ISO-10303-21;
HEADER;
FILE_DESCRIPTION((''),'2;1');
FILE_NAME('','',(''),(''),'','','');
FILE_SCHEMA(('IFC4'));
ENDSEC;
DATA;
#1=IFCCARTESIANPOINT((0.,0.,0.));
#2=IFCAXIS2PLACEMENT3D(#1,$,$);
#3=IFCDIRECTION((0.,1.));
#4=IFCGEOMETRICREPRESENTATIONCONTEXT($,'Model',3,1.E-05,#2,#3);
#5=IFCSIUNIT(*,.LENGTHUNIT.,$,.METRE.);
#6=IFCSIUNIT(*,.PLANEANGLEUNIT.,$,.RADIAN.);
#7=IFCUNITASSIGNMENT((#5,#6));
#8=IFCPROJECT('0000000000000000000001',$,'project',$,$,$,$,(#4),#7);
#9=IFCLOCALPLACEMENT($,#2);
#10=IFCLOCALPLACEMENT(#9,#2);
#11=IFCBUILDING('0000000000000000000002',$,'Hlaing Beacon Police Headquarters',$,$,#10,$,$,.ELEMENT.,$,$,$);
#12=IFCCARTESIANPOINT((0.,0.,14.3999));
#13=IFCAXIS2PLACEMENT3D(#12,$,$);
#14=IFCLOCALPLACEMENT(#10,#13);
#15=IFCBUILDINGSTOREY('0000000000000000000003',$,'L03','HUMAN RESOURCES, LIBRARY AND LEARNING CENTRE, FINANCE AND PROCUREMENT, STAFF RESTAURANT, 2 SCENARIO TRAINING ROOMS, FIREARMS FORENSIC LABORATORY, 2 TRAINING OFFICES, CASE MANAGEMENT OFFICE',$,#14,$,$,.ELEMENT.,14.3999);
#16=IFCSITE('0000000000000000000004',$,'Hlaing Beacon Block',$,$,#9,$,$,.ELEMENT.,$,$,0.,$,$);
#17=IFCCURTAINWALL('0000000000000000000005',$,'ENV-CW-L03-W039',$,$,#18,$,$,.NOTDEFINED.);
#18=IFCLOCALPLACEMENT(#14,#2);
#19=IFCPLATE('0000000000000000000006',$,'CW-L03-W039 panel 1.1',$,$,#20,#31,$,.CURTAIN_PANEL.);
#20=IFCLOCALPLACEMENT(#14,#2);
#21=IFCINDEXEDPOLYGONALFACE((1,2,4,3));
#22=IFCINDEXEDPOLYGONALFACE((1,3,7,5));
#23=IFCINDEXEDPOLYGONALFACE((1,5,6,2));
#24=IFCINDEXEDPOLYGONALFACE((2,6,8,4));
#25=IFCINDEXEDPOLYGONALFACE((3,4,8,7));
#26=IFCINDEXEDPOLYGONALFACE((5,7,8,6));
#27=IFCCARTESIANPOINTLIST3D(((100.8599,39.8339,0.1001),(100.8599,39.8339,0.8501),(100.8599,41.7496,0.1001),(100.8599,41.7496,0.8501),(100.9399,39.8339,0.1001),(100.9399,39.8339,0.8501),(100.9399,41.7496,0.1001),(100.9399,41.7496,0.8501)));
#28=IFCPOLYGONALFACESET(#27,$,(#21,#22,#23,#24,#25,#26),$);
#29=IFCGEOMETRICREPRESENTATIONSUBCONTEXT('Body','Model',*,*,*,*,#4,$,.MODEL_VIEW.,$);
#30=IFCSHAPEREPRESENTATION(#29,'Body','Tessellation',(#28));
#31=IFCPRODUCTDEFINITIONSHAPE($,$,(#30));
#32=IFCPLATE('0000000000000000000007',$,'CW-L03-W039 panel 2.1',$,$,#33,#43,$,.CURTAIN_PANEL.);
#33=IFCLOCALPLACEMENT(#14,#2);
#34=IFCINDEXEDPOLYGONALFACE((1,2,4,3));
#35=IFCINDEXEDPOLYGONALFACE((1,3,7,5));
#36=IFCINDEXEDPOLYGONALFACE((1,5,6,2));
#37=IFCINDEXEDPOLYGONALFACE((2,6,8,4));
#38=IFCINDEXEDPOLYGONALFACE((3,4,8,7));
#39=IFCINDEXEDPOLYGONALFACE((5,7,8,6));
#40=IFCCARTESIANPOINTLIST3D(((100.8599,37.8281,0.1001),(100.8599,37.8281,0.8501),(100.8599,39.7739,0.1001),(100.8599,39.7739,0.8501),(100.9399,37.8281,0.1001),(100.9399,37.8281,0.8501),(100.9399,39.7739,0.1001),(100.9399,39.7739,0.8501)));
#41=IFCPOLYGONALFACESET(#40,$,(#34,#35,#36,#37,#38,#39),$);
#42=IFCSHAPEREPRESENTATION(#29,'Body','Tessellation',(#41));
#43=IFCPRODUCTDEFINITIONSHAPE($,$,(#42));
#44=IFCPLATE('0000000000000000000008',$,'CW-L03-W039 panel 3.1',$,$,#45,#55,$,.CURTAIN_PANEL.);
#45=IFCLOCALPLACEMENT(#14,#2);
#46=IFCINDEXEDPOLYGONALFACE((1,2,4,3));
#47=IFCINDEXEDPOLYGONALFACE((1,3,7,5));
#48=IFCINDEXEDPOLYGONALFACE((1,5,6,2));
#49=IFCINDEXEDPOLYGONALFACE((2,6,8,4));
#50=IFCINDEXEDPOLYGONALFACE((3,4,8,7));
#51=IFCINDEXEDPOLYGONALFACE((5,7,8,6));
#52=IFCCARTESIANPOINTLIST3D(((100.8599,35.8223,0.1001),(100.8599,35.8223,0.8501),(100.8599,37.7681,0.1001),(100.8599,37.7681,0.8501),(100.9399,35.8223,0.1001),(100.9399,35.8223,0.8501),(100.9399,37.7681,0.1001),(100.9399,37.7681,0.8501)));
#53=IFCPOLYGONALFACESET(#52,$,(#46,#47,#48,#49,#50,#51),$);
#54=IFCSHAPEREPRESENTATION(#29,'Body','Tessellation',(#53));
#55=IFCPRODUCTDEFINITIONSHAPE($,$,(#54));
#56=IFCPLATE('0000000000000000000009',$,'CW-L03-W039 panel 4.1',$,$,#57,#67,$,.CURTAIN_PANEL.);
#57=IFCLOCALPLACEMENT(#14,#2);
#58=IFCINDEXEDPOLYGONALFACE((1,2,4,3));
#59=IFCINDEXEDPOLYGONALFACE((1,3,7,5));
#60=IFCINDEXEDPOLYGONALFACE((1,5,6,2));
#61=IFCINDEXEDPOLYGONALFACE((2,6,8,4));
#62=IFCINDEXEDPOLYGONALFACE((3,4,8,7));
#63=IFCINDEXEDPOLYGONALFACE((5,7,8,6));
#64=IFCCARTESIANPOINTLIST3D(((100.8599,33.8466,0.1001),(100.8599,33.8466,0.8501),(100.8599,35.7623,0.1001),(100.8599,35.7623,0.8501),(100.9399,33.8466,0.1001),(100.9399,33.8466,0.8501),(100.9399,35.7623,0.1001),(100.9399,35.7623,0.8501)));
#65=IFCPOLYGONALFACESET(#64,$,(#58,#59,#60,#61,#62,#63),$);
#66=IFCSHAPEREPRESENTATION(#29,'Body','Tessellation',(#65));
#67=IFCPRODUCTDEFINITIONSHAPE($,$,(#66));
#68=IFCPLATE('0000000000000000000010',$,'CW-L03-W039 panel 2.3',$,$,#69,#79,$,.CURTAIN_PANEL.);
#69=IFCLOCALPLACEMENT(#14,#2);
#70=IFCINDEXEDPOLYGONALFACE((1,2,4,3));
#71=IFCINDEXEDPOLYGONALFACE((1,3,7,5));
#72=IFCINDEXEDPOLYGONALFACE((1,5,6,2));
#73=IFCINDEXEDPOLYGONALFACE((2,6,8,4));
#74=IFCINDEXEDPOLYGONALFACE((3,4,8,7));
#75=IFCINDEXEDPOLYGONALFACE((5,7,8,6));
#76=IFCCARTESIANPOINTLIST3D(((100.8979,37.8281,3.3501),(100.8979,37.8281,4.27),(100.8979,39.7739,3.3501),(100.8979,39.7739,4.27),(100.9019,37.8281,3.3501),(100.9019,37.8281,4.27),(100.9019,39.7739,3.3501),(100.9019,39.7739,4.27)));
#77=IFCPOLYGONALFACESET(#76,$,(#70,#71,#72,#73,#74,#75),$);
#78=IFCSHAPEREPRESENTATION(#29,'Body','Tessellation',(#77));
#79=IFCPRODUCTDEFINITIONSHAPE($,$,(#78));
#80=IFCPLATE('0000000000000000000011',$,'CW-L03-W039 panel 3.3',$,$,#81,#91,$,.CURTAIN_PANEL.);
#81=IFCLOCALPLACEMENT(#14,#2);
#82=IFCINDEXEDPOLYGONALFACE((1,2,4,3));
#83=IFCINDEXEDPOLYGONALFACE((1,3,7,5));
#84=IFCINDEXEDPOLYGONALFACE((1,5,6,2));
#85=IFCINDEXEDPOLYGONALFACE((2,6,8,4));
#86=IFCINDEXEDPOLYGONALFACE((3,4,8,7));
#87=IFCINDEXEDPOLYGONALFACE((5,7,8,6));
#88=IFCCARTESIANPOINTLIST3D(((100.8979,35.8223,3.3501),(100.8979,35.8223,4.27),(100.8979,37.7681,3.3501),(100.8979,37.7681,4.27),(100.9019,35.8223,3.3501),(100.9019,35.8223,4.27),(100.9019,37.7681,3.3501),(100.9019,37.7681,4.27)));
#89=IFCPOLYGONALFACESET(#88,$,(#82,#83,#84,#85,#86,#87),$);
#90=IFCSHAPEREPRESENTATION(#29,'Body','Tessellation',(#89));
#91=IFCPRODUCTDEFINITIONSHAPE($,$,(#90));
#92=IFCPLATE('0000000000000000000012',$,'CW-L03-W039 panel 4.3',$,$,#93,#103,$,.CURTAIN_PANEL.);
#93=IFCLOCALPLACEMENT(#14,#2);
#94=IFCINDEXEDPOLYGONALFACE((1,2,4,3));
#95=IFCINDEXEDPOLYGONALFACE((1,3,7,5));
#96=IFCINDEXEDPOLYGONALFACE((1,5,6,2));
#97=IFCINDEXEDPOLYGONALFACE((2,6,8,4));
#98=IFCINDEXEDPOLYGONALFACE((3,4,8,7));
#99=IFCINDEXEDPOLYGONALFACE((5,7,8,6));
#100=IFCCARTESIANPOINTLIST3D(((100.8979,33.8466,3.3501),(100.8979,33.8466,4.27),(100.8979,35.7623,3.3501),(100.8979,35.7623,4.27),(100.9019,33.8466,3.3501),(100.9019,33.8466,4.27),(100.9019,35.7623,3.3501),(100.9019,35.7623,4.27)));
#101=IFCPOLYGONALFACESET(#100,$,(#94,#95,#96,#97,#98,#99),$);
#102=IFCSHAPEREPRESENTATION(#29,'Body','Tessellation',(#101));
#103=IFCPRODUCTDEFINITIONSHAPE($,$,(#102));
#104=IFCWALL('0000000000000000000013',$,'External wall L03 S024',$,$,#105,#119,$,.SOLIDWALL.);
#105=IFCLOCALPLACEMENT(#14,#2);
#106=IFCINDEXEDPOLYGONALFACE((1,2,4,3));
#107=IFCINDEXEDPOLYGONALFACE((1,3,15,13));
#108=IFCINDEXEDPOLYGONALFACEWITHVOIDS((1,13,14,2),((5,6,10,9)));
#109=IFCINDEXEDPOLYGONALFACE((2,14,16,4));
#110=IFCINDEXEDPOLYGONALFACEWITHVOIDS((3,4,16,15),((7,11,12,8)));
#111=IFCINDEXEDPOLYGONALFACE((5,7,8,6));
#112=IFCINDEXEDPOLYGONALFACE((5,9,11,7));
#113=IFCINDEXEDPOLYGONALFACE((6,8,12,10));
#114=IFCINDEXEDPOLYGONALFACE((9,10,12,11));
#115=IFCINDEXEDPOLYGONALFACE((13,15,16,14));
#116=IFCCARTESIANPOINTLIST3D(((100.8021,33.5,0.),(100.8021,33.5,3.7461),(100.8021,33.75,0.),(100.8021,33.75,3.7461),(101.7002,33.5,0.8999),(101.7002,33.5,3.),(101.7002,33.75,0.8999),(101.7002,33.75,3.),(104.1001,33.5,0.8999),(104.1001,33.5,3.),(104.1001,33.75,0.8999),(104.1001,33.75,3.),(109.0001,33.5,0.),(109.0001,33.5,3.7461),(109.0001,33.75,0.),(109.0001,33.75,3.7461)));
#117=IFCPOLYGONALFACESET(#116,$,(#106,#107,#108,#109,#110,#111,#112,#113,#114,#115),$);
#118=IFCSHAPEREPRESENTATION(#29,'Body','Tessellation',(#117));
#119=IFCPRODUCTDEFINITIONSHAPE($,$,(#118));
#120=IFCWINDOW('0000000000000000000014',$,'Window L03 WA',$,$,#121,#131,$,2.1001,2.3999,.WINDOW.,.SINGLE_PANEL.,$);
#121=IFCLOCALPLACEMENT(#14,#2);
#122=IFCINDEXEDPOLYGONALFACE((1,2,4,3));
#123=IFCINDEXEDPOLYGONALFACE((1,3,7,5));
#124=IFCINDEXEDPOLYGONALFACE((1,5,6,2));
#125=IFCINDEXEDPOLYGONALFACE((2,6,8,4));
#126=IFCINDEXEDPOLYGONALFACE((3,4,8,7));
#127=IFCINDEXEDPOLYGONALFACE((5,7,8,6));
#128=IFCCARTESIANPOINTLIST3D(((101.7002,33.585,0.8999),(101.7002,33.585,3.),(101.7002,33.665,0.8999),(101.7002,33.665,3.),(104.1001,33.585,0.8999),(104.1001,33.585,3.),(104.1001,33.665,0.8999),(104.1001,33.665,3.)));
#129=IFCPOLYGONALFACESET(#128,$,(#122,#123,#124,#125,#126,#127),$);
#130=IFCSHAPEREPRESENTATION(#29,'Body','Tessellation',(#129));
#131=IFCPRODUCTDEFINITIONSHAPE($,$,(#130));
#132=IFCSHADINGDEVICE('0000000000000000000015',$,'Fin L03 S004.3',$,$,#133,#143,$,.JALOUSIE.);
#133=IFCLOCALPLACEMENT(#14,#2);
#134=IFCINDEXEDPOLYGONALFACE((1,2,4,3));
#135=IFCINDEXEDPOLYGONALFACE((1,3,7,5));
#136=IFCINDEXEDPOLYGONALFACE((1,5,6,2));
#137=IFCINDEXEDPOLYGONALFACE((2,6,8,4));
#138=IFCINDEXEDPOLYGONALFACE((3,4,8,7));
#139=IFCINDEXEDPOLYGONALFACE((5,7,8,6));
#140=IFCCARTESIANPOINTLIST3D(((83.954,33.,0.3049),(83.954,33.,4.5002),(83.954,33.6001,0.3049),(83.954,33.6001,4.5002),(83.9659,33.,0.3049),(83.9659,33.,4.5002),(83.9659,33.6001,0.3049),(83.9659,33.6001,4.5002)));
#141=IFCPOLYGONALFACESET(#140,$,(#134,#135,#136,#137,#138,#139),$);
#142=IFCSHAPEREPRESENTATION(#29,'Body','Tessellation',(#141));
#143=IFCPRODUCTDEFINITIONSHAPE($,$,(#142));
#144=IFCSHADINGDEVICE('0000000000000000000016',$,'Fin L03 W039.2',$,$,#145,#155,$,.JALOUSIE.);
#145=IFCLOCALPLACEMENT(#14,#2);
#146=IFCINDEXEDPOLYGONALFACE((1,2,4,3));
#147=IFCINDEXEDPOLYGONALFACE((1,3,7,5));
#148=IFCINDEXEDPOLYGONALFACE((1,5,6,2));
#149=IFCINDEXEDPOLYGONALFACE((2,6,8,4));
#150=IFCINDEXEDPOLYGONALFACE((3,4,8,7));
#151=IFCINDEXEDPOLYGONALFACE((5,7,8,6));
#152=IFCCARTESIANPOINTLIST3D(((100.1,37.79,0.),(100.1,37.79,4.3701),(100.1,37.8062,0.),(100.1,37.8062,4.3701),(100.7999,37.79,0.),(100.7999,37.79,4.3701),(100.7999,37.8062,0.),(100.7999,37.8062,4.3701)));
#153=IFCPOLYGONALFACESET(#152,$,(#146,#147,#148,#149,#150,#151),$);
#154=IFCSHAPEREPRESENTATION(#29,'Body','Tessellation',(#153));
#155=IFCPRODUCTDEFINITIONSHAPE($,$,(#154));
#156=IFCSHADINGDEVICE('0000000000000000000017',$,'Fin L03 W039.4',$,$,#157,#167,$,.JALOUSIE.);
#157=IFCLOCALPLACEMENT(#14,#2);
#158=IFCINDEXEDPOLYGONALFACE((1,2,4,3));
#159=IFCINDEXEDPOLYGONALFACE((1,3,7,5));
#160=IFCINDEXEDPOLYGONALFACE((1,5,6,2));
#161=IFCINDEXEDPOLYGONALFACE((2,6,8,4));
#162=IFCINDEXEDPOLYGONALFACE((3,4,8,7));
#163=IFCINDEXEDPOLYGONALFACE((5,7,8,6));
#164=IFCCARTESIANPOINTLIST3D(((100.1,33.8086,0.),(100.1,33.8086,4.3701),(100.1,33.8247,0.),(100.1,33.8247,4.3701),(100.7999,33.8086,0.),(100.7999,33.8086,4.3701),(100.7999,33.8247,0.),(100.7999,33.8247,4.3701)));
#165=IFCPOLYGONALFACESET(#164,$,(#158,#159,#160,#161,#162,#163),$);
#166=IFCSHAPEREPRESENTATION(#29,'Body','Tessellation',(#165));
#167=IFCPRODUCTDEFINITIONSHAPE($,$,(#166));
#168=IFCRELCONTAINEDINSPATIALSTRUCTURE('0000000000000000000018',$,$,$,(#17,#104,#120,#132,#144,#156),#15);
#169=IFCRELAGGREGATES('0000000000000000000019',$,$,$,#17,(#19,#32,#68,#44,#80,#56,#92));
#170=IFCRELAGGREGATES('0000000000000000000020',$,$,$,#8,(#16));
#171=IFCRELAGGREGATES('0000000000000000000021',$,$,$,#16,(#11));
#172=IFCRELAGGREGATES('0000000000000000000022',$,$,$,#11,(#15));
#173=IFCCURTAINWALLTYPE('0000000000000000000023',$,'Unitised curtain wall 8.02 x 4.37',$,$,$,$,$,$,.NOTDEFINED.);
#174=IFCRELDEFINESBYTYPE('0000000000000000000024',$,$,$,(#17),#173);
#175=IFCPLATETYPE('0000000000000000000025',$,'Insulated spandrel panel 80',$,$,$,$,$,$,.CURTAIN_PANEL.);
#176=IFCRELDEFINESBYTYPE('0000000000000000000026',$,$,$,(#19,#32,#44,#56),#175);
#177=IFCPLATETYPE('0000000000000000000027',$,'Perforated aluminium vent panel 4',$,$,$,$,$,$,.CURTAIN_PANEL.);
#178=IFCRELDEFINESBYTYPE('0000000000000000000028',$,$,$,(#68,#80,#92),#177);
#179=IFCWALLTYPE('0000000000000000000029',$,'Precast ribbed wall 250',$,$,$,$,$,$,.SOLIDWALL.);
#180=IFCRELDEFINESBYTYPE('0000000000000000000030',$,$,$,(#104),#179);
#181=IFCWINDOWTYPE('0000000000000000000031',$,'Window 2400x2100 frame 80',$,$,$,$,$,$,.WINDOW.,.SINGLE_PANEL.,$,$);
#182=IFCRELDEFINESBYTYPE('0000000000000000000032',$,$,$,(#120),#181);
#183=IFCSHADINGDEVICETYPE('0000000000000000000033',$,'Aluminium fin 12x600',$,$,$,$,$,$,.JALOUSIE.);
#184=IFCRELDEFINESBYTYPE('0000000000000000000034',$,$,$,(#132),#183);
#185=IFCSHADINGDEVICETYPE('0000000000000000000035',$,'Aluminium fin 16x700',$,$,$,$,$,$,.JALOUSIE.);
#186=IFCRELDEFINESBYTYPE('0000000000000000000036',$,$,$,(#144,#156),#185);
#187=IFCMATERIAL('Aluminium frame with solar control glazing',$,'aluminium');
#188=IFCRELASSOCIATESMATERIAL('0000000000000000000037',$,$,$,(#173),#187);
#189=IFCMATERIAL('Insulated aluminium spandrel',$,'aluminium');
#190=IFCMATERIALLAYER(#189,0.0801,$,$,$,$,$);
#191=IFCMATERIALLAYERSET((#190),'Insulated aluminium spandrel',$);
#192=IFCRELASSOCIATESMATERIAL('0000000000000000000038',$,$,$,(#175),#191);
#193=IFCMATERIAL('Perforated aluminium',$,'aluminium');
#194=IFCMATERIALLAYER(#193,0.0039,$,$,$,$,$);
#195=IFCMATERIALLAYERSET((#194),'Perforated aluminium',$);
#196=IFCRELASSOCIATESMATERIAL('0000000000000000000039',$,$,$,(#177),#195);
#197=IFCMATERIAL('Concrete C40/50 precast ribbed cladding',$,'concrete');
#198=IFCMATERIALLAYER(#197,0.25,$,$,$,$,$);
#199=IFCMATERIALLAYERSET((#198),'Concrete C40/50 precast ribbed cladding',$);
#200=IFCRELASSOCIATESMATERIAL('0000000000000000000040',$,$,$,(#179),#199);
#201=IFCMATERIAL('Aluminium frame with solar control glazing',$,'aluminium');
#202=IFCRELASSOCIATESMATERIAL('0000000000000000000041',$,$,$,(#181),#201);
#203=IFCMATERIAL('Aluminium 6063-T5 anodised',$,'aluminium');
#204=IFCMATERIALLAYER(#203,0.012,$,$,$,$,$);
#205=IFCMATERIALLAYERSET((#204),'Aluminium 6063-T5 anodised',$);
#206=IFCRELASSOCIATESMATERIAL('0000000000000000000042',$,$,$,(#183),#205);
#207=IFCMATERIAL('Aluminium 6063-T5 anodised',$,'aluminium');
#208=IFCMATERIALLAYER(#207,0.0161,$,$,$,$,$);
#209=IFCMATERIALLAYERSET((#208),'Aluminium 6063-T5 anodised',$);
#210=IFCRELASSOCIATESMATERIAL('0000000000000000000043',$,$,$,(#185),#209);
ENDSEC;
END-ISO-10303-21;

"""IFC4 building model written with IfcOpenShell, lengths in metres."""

from ifc_helpers import new_model, si_unit, direction, frame, frame_2d, origin, origin_2d, place, context, subcontext, project, spatial, rectangle, extrude, material, layer, layer_set, type_object, element, fill, aggregate, save


model = new_model("IFC4")

# Units and contexts
model_context = context("Model", 3, precision=1e-05, world=origin(), true_north=direction((0.0, 1.0)))
body_context = subcontext(model_context, "Body", "Model", "MODEL_VIEW")
ifc_project = project(units=[si_unit("LENGTHUNIT", "METRE"), si_unit("PLANEANGLEUNIT", "RADIAN")], contexts=[model_context])

# Site, building, storey
site_placement = place(None, origin())
site = spatial("IfcSite", under=ifc_project, at=site_placement, Name="Hlaing Beacon Block", CompositionType="ELEMENT", RefElevation=0.0)
building_placement = place(site_placement, origin())
building = spatial("IfcBuilding", under=site, at=building_placement, Name="Hlaing Beacon Police Headquarters", CompositionType="ELEMENT")
storey_placement = place(building_placement, frame((0.0, 0.0, 14.3999)))
storey = spatial("IfcBuildingStorey", under=building, at=storey_placement, Name="L03", Description="HUMAN RESOURCES, LIBRARY AND LEARNING CENTRE, FINANCE AND PROCUREMENT, STAFF RESTAURANT, 2 SCENARIO TRAINING ROOMS, FIREARMS FORENSIC LABORATORY, 2 TRAINING OFFICES, CASE MANAGEMENT OFFICE", CompositionType="ELEMENT", Elevation=14.3999)

# Curtain wall
ifc_material_1 = material(Name="Aluminium frame with solar control glazing", Category="aluminium")
curtain_wall_type_1 = type_object("IfcCurtainWallType", Name="Unitised curtain wall 8.02 x 4.37", PredefinedType="NOTDEFINED", material=ifc_material_1)
curtain_wall_1_placement = place(storey_placement, origin())
curtain_wall_1 = element("IfcCurtainWall", 1, at=curtain_wall_1_placement, inside=storey, type_object=curtain_wall_type_1, Name="ENV-CW-L03-W039", PredefinedType="NOTDEFINED")

# Plates
ifc_material_2 = material(Name="Insulated aluminium spandrel", Category="aluminium")
ifc_layer_1 = layer(ifc_material_2, 0.0801)
ifc_layer_set_1 = layer_set([ifc_layer_1], Name="Insulated aluminium spandrel")
plate_type_1 = type_object("IfcPlateType", Name="Insulated spandrel panel 80", PredefinedType="CURTAIN_PANEL", material=ifc_layer_set_1)
plate_1_placement = place(storey_placement, frame((100.8999, 40.7917, 0.1001), z_axis=(0.0, 0.0, 1.0), x_axis=(0.0, -1.0, 0.0)))
plate_1 = element("IfcPlate", 2, at=plate_1_placement, type_object=plate_type_1, Name="CW-L03-W039 panel 1.1", PredefinedType="CURTAIN_PANEL", context=body_context, shape_type="SweptSolid", body=[
    extrude(rectangle(XDim=1.9158, YDim=0.0801, at=origin_2d()), origin(), (0.0, 0.0, 1.0), 0.75),
])
plate_2_placement = place(storey_placement, frame((100.8999, 38.801, 0.1001), z_axis=(0.0, 0.0, 1.0), x_axis=(0.0, -1.0, 0.0)))
plate_2 = element("IfcPlate", 3, at=plate_2_placement, type_object=plate_type_1, Name="CW-L03-W039 panel 2.1", PredefinedType="CURTAIN_PANEL", context=body_context, shape_type="SweptSolid", body=[
    extrude(rectangle(XDim=1.9458, YDim=0.0801, at=origin_2d()), origin(), (0.0, 0.0, 1.0), 0.75),
])
plate_3_placement = place(storey_placement, frame((100.8999, 36.7952, 0.1001), z_axis=(0.0, 0.0, 1.0), x_axis=(0.0, -1.0, 0.0)))
plate_3 = element("IfcPlate", 4, at=plate_3_placement, type_object=plate_type_1, Name="CW-L03-W039 panel 3.1", PredefinedType="CURTAIN_PANEL", context=body_context, shape_type="SweptSolid", body=[
    extrude(rectangle(XDim=1.9458, YDim=0.0801, at=origin_2d()), origin(), (0.0, 0.0, 1.0), 0.75),
])
plate_4_placement = place(storey_placement, frame((100.8999, 34.8044, 0.1001), z_axis=(0.0, 0.0, 1.0), x_axis=(0.0, -1.0, 0.0)))
plate_4 = element("IfcPlate", 5, at=plate_4_placement, type_object=plate_type_1, Name="CW-L03-W039 panel 4.1", PredefinedType="CURTAIN_PANEL", context=body_context, shape_type="SweptSolid", body=[
    extrude(rectangle(XDim=1.9158, YDim=0.0801, at=origin_2d()), origin(), (0.0, 0.0, 1.0), 0.75),
])
ifc_material_3 = material(Name="Perforated aluminium", Category="aluminium")
ifc_layer_2 = layer(ifc_material_3, 0.0039)
ifc_layer_set_2 = layer_set([ifc_layer_2], Name="Perforated aluminium")
plate_type_2 = type_object("IfcPlateType", Name="Perforated aluminium vent panel 4", PredefinedType="CURTAIN_PANEL", material=ifc_layer_set_2)
plate_5_placement = place(storey_placement, frame((100.8999, 38.801, 3.3501), z_axis=(0.0, 0.0, 1.0), x_axis=(0.0, -1.0, 0.0)))
plate_5 = element("IfcPlate", 6, at=plate_5_placement, type_object=plate_type_2, Name="CW-L03-W039 panel 2.3", PredefinedType="CURTAIN_PANEL", context=body_context, shape_type="SweptSolid", body=[
    extrude(rectangle(XDim=1.9458, YDim=0.0039, at=origin_2d()), origin(), (0.0, 0.0, 1.0), 0.9199),
])
plate_6_placement = place(storey_placement, frame((100.8999, 36.7952, 3.3501), z_axis=(0.0, 0.0, 1.0), x_axis=(0.0, -1.0, 0.0)))
plate_6 = element("IfcPlate", 7, at=plate_6_placement, type_object=plate_type_2, Name="CW-L03-W039 panel 3.3", PredefinedType="CURTAIN_PANEL", context=body_context, shape_type="SweptSolid", body=[
    extrude(rectangle(XDim=1.9458, YDim=0.0039, at=origin_2d()), origin(), (0.0, 0.0, 1.0), 0.9199),
])
plate_7_placement = place(storey_placement, frame((100.8999, 34.8044, 3.3501), z_axis=(0.0, 0.0, 1.0), x_axis=(0.0, -1.0, 0.0)))
plate_7 = element("IfcPlate", 8, at=plate_7_placement, type_object=plate_type_2, Name="CW-L03-W039 panel 4.3", PredefinedType="CURTAIN_PANEL", context=body_context, shape_type="SweptSolid", body=[
    extrude(rectangle(XDim=1.9158, YDim=0.0039, at=origin_2d()), origin(), (0.0, 0.0, 1.0), 0.9199),
])
aggregate(curtain_wall_1, [plate_1, plate_2, plate_5, plate_3, plate_6, plate_4, plate_7])

# Wall, opening, window
ifc_material_4 = material(Name="Concrete C40/50 precast ribbed cladding", Category="concrete")
ifc_layer_3 = layer(ifc_material_4, 0.25)
ifc_layer_set_3 = layer_set([ifc_layer_3], Name="Concrete C40/50 precast ribbed cladding")
wall_type = type_object("IfcWallType", Name="Precast ribbed wall 250", PredefinedType="SOLIDWALL", material=ifc_layer_set_3)
wall_placement = place(storey_placement, frame((100.802, 33.625, 0.0), z_axis=(0.0, 0.0, 1.0), x_axis=(1.0, 0.0, 0.0)))
wall = element("IfcWall", 9, at=wall_placement, inside=storey, type_object=wall_type, Name="External wall L03 S024", PredefinedType="SOLIDWALL", context=body_context, shape_type="SweptSolid", body=[
    extrude(rectangle(XDim=8.198, YDim=0.25, at=frame_2d((4.0991, 0.0))), origin(), (0.0, 0.0, 1.0), 3.7461),
])
opening_placement = place(wall_placement, frame((0.8982, 0.0, 0.8999)))
opening = element("IfcOpeningElement", 10, at=opening_placement, cuts=wall, PredefinedType="OPENING", context=body_context, shape_type="SweptSolid", body=[
    extrude(rectangle(XDim=2.3999, YDim=2.1001, at=frame_2d((1.2, 1.05))), frame((0.0, 0.135, 0.0), z_axis=(0.0, -1.0, 0.0), x_axis=(1.0, 0.0, 0.0)), (0.0, 0.0, 1.0), 0.27),
])
ifc_material_5 = material(Name="Aluminium frame with solar control glazing", Category="aluminium")
window_type = type_object("IfcWindowType", Name="Window 2400x2100 frame 80", PartitioningType="SINGLE_PANEL", PredefinedType="WINDOW", material=ifc_material_5)
window_placement = place(opening_placement, origin())
window = element("IfcWindow", 11, at=window_placement, inside=storey, type_object=window_type, Name="Window L03 WA", OverallHeight=2.1001, OverallWidth=2.3999, PartitioningType="SINGLE_PANEL", PredefinedType="WINDOW", context=body_context, shape_type="SweptSolid", body=[
    extrude(rectangle(XDim=2.3999, YDim=2.1001, at=frame_2d((1.2, 1.05))), frame((0.0, 0.04, 0.0), z_axis=(0.0, -1.0, 0.0), x_axis=(1.0, 0.0, 0.0)), (0.0, 0.0, 1.0), 0.0801),
])
fill(opening, window)

# Shading devices
ifc_material_6 = material(Name="Aluminium 6063-T5 anodised", Category="aluminium")
ifc_layer_4 = layer(ifc_material_6, 0.012)
ifc_layer_set_4 = layer_set([ifc_layer_4], Name="Aluminium 6063-T5 anodised")
shading_device_type_1 = type_object("IfcShadingDeviceType", Name="Aluminium fin 12x600", PredefinedType="JALOUSIE", material=ifc_layer_set_4)
shading_device_placement = place(storey_placement, frame((83.96, 33.3, 0.3049), z_axis=(0.0, 0.0, 1.0), x_axis=(1.0, 0.0, 0.0)))
element("IfcShadingDevice", 12, at=shading_device_placement, inside=storey, type_object=shading_device_type_1, Name="Fin L03 S004.3", PredefinedType="JALOUSIE", context=body_context, shape_type="SweptSolid", body=[
    extrude(rectangle(XDim=0.012, YDim=0.6001, at=origin_2d()), origin(), (0.0, 0.0, 1.0), 4.1953),
])
ifc_material_7 = material(Name="Aluminium 6063-T5 anodised", Category="aluminium")
ifc_layer_5 = layer(ifc_material_7, 0.0161)
ifc_layer_set_5 = layer_set([ifc_layer_5], Name="Aluminium 6063-T5 anodised")
shading_device_type_2 = type_object("IfcShadingDeviceType", Name="Aluminium fin 16x700", PredefinedType="JALOUSIE", material=ifc_layer_set_5)
for number, where, z_axis, x_axis, name in (
    (13, (100.45, 37.7981, 0.0), (0.0, 0.0, 1.0), (0.0, -1.0, 0.0), "Fin L03 W039.2"),
    (14, (100.45, 33.8167, 0.0), (0.0, 0.0, 1.0), (0.0, -1.0, 0.0), "Fin L03 W039.4"),
):
    element("IfcShadingDevice", number, at=place(storey_placement, frame(where, z_axis=z_axis, x_axis=x_axis)), inside=storey, type_object=shading_device_type_2, Name=name, PredefinedType="JALOUSIE", context=body_context, shape_type="SweptSolid", body=[
        extrude(rectangle(XDim=0.0161, YDim=0.7, at=origin_2d()), origin(), (0.0, 0.0, 1.0), 4.3701),
    ])

save(model, "model.ifc")
